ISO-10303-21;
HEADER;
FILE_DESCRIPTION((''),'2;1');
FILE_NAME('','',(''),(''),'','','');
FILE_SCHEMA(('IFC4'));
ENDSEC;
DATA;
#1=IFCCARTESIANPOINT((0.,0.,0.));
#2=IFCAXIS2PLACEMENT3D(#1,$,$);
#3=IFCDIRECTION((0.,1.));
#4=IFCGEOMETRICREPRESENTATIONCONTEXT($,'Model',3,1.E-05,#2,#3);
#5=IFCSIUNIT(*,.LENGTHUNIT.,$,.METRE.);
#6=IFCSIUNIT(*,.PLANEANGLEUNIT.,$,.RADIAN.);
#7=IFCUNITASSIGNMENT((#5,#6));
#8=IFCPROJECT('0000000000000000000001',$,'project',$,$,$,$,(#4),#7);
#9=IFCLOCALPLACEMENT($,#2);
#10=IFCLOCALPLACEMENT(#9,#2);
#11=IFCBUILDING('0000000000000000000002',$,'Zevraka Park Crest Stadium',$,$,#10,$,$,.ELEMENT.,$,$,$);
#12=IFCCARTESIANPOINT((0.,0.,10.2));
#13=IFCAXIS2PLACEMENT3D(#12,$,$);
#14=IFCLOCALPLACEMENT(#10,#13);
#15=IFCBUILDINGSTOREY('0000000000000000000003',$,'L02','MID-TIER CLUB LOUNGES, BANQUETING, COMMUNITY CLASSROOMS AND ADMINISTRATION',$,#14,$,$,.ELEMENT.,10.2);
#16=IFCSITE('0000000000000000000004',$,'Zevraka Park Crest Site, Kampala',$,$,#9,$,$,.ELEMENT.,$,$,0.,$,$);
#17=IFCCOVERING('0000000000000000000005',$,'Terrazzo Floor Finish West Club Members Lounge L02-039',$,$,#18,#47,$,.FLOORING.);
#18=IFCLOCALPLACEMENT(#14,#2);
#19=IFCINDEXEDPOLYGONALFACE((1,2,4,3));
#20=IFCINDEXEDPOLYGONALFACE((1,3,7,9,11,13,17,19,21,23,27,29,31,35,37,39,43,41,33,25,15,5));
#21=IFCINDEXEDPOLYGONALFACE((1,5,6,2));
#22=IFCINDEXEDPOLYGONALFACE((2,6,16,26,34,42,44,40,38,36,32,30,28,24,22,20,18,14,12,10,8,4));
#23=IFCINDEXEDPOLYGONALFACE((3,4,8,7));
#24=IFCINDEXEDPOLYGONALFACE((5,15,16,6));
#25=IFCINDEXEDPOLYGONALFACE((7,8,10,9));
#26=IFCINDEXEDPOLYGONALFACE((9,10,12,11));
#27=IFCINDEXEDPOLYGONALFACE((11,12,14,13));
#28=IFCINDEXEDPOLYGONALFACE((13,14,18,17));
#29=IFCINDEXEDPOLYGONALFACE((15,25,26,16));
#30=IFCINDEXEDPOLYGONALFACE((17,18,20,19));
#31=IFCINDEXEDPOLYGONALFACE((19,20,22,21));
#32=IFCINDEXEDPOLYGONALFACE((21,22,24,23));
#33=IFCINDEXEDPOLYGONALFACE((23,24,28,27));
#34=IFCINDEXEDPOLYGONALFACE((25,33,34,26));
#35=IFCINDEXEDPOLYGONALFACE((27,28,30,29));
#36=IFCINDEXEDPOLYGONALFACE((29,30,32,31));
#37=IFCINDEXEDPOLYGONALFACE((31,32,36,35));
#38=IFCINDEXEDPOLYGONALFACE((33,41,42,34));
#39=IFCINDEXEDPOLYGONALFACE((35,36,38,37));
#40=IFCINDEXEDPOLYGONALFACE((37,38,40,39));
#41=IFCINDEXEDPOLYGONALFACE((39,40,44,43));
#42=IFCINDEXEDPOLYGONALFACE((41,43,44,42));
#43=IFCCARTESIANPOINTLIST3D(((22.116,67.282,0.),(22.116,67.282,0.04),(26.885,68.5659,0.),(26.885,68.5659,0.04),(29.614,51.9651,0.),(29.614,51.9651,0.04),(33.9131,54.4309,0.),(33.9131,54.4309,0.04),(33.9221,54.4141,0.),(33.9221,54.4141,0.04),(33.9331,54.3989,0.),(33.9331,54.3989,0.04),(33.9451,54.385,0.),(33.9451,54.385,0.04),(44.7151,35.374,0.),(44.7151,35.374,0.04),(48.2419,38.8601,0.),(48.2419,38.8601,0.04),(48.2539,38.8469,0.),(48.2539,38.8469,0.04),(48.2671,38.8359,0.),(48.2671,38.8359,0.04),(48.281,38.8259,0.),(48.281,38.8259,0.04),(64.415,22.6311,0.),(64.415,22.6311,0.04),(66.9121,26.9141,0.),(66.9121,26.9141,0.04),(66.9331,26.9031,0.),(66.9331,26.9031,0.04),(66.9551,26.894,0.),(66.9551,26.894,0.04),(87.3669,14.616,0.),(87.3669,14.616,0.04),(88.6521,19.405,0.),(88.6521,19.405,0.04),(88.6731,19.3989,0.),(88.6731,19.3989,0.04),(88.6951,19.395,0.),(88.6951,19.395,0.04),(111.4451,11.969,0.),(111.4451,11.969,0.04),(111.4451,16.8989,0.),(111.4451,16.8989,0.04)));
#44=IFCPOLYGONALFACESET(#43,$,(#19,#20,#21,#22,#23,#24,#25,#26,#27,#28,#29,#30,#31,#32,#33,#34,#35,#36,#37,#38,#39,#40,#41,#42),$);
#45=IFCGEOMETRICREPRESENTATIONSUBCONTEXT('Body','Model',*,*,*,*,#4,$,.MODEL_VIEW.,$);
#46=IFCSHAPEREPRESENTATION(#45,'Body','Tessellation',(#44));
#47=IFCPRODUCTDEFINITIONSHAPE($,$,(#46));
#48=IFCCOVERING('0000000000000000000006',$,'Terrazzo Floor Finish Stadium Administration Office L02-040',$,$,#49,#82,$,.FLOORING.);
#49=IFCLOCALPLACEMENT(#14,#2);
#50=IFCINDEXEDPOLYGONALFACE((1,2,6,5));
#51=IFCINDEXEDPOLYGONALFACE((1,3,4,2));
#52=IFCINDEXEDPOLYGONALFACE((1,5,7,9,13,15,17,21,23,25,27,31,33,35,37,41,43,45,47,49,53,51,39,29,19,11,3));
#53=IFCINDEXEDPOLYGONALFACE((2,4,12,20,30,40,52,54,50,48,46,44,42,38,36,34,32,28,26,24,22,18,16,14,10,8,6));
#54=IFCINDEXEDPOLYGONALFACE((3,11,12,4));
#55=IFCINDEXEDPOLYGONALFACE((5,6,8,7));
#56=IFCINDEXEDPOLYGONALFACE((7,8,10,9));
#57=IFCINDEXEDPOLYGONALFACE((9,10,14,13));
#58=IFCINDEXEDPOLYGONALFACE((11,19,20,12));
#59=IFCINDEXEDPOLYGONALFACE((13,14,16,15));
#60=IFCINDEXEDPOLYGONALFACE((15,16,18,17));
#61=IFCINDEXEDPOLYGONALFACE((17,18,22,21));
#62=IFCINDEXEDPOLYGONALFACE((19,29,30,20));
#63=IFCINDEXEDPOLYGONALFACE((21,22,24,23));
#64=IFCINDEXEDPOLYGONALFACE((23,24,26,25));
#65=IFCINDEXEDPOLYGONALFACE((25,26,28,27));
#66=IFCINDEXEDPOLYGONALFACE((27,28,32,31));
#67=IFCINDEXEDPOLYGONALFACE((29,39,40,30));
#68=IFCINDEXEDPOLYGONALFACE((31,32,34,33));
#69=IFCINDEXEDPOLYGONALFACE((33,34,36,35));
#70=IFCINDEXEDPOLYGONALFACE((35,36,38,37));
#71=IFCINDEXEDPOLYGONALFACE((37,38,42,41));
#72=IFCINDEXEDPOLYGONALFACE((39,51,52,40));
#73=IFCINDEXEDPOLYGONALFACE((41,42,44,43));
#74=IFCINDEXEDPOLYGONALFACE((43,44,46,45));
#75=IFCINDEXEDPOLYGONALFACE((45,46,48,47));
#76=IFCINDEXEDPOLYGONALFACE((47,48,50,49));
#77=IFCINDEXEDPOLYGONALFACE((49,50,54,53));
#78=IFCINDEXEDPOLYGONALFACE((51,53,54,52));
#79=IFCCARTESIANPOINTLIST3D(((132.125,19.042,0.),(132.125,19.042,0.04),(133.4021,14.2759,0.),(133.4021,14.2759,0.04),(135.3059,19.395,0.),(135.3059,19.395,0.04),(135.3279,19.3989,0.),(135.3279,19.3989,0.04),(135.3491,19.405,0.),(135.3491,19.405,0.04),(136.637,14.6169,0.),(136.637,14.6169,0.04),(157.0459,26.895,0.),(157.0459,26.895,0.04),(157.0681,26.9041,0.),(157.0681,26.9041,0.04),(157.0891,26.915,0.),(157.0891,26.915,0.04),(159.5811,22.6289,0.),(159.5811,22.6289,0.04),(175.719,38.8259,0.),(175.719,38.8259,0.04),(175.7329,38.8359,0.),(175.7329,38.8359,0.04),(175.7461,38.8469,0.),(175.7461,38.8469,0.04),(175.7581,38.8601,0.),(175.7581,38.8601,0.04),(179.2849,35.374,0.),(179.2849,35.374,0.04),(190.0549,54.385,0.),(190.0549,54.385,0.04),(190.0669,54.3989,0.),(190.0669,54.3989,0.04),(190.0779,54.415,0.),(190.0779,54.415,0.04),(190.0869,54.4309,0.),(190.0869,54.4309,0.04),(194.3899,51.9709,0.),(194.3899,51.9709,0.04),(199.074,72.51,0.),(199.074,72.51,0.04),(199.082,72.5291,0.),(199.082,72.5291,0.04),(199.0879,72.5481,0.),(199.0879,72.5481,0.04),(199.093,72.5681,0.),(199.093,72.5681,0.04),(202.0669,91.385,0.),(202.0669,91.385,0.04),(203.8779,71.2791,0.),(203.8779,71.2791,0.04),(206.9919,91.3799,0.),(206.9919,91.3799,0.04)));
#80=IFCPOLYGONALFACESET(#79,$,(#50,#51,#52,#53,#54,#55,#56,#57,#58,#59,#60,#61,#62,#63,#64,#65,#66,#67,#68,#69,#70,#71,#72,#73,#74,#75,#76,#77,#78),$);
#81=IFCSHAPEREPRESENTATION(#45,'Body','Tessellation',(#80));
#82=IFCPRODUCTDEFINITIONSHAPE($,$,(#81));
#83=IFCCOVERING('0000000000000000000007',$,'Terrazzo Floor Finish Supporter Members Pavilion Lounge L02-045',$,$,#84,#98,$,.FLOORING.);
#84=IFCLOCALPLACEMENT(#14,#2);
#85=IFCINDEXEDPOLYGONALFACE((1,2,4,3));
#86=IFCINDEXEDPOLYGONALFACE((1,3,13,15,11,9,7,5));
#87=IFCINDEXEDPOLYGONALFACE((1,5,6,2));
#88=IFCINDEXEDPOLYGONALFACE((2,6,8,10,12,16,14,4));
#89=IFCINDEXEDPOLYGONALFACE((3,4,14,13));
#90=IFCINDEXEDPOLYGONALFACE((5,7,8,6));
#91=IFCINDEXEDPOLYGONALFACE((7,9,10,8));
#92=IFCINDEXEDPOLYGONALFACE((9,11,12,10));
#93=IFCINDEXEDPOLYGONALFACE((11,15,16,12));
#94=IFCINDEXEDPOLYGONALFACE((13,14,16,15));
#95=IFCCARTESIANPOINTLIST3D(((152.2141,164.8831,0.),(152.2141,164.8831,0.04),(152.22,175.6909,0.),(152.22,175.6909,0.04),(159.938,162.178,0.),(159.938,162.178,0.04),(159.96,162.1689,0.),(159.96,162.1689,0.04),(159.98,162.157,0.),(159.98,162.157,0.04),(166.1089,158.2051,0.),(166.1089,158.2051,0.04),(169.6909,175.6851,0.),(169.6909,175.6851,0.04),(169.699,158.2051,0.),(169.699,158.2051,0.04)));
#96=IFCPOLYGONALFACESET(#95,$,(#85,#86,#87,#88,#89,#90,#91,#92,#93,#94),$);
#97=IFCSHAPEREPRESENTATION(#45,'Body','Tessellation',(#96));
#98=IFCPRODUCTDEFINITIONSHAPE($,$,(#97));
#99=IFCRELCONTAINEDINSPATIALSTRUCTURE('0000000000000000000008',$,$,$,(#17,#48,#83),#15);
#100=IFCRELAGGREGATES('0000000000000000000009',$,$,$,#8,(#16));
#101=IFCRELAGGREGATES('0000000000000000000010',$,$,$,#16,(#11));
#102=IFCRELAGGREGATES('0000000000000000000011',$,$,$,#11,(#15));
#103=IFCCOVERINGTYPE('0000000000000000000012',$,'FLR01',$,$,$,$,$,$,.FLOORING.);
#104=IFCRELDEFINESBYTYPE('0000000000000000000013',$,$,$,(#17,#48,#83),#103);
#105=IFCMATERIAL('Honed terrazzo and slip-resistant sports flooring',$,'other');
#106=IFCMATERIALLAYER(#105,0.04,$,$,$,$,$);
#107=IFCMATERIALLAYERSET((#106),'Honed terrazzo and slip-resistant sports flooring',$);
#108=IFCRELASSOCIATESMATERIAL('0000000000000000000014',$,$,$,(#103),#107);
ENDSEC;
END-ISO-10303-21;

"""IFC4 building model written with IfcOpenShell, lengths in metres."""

from ifc_helpers import new_model, si_unit, direction, frame, origin, place, context, subcontext, project, spatial, polyline, outline, extrude, material, layer, layer_set, type_object, element, save


model = new_model("IFC4")

# Units and contexts
model_context = context("Model", 3, precision=1e-05, world=origin(), true_north=direction((0.0, 1.0)))
body_context = subcontext(model_context, "Body", "Model", "MODEL_VIEW")
ifc_project = project(units=[si_unit("LENGTHUNIT", "METRE"), si_unit("PLANEANGLEUNIT", "RADIAN")], contexts=[model_context])

# Site, building, storey
site_placement = place(None, origin())
site = spatial("IfcSite", under=ifc_project, at=site_placement, Name="Zevraka Park Crest Site, Kampala", CompositionType="ELEMENT", RefElevation=0.0)
building_placement = place(site_placement, origin())
building = spatial("IfcBuilding", under=site, at=building_placement, Name="Zevraka Park Crest Stadium", CompositionType="ELEMENT")
storey_placement = place(building_placement, frame((0.0, 0.0, 10.2)))
storey = spatial("IfcBuildingStorey", under=building, at=storey_placement, Name="L02", Description="MID-TIER CLUB LOUNGES, BANQUETING, COMMUNITY CLASSROOMS AND ADMINISTRATION", CompositionType="ELEMENT", Elevation=10.2)

# Coverings
ifc_material_1 = material(Name="Honed terrazzo and slip-resistant sports flooring", Category="other")
ifc_layer_1 = layer(ifc_material_1, 0.04)
ifc_layer_set_1 = layer_set([ifc_layer_1], Name="Honed terrazzo and slip-resistant sports flooring")
covering_type_1 = type_object("IfcCoveringType", Name="FLR01", PredefinedType="FLOORING", material=ifc_layer_set_1)
covering_1_placement = place(storey_placement, origin())
element("IfcCovering", 1, at=covering_1_placement, inside=storey, type_object=covering_type_1, Name="Terrazzo Floor Finish West Club Members Lounge L02-039", PredefinedType="FLOORING", context=body_context, shape_type="SweptSolid", body=[
    extrude(outline(polyline([(33.9131, 54.4309), (33.9221, 54.4141), (33.9331, 54.3989), (33.9451, 54.385), (48.2419, 38.8601), (48.2539, 38.8469), (48.2671, 38.8359), (48.281, 38.8259), (66.9121, 26.9141), (66.9331, 26.9031), (66.9551, 26.894), (88.6521, 19.405), (88.6731, 19.3989), (88.6951, 19.395), (111.4451, 16.8989), (111.4451, 11.969), (87.3669, 14.616), (64.415, 22.6311), (44.7151, 35.374), (29.614, 51.9651), (22.116, 67.282), (26.885, 68.5659), (33.9131, 54.4309)])), origin(), (0.0, 0.0, 1.0), 0.04),
])
covering_2_placement = place(storey_placement, origin())
element("IfcCovering", 2, at=covering_2_placement, inside=storey, type_object=covering_type_1, Name="Terrazzo Floor Finish Stadium Administration Office L02-040", PredefinedType="FLOORING", context=body_context, shape_type="SweptSolid", body=[
    extrude(outline(polyline([(190.0549, 54.385), (190.0669, 54.3989), (190.0779, 54.415), (190.0869, 54.4309), (199.074, 72.51), (199.082, 72.5291), (199.0879, 72.5481), (199.093, 72.5681), (202.0669, 91.385), (206.9919, 91.3799), (203.8779, 71.2791), (194.3899, 51.9709), (179.2849, 35.374), (159.5811, 22.6289), (136.637, 14.6169), (133.4021, 14.2759), (132.125, 19.042), (135.3059, 19.395), (135.3279, 19.3989), (135.3491, 19.405), (157.0459, 26.895), (157.0681, 26.9041), (157.0891, 26.915), (175.719, 38.8259), (175.7329, 38.8359), (175.7461, 38.8469), (175.7581, 38.8601), (190.0549, 54.385)])), origin(), (0.0, 0.0, 1.0), 0.04),
])
covering_3_placement = place(storey_placement, origin())
element("IfcCovering", 3, at=covering_3_placement, inside=storey, type_object=covering_type_1, Name="Terrazzo Floor Finish Supporter Members Pavilion Lounge L02-045", PredefinedType="FLOORING", context=body_context, shape_type="SweptSolid", body=[
    extrude(outline(polyline([(166.1089, 158.2051), (159.98, 162.157), (159.96, 162.1689), (159.938, 162.178), (152.2141, 164.8831), (152.22, 175.6909), (169.6909, 175.6851), (169.699, 158.2051), (166.1089, 158.2051)])), origin(), (0.0, 0.0, 1.0), 0.04),
])

save(model, "model.ifc")
